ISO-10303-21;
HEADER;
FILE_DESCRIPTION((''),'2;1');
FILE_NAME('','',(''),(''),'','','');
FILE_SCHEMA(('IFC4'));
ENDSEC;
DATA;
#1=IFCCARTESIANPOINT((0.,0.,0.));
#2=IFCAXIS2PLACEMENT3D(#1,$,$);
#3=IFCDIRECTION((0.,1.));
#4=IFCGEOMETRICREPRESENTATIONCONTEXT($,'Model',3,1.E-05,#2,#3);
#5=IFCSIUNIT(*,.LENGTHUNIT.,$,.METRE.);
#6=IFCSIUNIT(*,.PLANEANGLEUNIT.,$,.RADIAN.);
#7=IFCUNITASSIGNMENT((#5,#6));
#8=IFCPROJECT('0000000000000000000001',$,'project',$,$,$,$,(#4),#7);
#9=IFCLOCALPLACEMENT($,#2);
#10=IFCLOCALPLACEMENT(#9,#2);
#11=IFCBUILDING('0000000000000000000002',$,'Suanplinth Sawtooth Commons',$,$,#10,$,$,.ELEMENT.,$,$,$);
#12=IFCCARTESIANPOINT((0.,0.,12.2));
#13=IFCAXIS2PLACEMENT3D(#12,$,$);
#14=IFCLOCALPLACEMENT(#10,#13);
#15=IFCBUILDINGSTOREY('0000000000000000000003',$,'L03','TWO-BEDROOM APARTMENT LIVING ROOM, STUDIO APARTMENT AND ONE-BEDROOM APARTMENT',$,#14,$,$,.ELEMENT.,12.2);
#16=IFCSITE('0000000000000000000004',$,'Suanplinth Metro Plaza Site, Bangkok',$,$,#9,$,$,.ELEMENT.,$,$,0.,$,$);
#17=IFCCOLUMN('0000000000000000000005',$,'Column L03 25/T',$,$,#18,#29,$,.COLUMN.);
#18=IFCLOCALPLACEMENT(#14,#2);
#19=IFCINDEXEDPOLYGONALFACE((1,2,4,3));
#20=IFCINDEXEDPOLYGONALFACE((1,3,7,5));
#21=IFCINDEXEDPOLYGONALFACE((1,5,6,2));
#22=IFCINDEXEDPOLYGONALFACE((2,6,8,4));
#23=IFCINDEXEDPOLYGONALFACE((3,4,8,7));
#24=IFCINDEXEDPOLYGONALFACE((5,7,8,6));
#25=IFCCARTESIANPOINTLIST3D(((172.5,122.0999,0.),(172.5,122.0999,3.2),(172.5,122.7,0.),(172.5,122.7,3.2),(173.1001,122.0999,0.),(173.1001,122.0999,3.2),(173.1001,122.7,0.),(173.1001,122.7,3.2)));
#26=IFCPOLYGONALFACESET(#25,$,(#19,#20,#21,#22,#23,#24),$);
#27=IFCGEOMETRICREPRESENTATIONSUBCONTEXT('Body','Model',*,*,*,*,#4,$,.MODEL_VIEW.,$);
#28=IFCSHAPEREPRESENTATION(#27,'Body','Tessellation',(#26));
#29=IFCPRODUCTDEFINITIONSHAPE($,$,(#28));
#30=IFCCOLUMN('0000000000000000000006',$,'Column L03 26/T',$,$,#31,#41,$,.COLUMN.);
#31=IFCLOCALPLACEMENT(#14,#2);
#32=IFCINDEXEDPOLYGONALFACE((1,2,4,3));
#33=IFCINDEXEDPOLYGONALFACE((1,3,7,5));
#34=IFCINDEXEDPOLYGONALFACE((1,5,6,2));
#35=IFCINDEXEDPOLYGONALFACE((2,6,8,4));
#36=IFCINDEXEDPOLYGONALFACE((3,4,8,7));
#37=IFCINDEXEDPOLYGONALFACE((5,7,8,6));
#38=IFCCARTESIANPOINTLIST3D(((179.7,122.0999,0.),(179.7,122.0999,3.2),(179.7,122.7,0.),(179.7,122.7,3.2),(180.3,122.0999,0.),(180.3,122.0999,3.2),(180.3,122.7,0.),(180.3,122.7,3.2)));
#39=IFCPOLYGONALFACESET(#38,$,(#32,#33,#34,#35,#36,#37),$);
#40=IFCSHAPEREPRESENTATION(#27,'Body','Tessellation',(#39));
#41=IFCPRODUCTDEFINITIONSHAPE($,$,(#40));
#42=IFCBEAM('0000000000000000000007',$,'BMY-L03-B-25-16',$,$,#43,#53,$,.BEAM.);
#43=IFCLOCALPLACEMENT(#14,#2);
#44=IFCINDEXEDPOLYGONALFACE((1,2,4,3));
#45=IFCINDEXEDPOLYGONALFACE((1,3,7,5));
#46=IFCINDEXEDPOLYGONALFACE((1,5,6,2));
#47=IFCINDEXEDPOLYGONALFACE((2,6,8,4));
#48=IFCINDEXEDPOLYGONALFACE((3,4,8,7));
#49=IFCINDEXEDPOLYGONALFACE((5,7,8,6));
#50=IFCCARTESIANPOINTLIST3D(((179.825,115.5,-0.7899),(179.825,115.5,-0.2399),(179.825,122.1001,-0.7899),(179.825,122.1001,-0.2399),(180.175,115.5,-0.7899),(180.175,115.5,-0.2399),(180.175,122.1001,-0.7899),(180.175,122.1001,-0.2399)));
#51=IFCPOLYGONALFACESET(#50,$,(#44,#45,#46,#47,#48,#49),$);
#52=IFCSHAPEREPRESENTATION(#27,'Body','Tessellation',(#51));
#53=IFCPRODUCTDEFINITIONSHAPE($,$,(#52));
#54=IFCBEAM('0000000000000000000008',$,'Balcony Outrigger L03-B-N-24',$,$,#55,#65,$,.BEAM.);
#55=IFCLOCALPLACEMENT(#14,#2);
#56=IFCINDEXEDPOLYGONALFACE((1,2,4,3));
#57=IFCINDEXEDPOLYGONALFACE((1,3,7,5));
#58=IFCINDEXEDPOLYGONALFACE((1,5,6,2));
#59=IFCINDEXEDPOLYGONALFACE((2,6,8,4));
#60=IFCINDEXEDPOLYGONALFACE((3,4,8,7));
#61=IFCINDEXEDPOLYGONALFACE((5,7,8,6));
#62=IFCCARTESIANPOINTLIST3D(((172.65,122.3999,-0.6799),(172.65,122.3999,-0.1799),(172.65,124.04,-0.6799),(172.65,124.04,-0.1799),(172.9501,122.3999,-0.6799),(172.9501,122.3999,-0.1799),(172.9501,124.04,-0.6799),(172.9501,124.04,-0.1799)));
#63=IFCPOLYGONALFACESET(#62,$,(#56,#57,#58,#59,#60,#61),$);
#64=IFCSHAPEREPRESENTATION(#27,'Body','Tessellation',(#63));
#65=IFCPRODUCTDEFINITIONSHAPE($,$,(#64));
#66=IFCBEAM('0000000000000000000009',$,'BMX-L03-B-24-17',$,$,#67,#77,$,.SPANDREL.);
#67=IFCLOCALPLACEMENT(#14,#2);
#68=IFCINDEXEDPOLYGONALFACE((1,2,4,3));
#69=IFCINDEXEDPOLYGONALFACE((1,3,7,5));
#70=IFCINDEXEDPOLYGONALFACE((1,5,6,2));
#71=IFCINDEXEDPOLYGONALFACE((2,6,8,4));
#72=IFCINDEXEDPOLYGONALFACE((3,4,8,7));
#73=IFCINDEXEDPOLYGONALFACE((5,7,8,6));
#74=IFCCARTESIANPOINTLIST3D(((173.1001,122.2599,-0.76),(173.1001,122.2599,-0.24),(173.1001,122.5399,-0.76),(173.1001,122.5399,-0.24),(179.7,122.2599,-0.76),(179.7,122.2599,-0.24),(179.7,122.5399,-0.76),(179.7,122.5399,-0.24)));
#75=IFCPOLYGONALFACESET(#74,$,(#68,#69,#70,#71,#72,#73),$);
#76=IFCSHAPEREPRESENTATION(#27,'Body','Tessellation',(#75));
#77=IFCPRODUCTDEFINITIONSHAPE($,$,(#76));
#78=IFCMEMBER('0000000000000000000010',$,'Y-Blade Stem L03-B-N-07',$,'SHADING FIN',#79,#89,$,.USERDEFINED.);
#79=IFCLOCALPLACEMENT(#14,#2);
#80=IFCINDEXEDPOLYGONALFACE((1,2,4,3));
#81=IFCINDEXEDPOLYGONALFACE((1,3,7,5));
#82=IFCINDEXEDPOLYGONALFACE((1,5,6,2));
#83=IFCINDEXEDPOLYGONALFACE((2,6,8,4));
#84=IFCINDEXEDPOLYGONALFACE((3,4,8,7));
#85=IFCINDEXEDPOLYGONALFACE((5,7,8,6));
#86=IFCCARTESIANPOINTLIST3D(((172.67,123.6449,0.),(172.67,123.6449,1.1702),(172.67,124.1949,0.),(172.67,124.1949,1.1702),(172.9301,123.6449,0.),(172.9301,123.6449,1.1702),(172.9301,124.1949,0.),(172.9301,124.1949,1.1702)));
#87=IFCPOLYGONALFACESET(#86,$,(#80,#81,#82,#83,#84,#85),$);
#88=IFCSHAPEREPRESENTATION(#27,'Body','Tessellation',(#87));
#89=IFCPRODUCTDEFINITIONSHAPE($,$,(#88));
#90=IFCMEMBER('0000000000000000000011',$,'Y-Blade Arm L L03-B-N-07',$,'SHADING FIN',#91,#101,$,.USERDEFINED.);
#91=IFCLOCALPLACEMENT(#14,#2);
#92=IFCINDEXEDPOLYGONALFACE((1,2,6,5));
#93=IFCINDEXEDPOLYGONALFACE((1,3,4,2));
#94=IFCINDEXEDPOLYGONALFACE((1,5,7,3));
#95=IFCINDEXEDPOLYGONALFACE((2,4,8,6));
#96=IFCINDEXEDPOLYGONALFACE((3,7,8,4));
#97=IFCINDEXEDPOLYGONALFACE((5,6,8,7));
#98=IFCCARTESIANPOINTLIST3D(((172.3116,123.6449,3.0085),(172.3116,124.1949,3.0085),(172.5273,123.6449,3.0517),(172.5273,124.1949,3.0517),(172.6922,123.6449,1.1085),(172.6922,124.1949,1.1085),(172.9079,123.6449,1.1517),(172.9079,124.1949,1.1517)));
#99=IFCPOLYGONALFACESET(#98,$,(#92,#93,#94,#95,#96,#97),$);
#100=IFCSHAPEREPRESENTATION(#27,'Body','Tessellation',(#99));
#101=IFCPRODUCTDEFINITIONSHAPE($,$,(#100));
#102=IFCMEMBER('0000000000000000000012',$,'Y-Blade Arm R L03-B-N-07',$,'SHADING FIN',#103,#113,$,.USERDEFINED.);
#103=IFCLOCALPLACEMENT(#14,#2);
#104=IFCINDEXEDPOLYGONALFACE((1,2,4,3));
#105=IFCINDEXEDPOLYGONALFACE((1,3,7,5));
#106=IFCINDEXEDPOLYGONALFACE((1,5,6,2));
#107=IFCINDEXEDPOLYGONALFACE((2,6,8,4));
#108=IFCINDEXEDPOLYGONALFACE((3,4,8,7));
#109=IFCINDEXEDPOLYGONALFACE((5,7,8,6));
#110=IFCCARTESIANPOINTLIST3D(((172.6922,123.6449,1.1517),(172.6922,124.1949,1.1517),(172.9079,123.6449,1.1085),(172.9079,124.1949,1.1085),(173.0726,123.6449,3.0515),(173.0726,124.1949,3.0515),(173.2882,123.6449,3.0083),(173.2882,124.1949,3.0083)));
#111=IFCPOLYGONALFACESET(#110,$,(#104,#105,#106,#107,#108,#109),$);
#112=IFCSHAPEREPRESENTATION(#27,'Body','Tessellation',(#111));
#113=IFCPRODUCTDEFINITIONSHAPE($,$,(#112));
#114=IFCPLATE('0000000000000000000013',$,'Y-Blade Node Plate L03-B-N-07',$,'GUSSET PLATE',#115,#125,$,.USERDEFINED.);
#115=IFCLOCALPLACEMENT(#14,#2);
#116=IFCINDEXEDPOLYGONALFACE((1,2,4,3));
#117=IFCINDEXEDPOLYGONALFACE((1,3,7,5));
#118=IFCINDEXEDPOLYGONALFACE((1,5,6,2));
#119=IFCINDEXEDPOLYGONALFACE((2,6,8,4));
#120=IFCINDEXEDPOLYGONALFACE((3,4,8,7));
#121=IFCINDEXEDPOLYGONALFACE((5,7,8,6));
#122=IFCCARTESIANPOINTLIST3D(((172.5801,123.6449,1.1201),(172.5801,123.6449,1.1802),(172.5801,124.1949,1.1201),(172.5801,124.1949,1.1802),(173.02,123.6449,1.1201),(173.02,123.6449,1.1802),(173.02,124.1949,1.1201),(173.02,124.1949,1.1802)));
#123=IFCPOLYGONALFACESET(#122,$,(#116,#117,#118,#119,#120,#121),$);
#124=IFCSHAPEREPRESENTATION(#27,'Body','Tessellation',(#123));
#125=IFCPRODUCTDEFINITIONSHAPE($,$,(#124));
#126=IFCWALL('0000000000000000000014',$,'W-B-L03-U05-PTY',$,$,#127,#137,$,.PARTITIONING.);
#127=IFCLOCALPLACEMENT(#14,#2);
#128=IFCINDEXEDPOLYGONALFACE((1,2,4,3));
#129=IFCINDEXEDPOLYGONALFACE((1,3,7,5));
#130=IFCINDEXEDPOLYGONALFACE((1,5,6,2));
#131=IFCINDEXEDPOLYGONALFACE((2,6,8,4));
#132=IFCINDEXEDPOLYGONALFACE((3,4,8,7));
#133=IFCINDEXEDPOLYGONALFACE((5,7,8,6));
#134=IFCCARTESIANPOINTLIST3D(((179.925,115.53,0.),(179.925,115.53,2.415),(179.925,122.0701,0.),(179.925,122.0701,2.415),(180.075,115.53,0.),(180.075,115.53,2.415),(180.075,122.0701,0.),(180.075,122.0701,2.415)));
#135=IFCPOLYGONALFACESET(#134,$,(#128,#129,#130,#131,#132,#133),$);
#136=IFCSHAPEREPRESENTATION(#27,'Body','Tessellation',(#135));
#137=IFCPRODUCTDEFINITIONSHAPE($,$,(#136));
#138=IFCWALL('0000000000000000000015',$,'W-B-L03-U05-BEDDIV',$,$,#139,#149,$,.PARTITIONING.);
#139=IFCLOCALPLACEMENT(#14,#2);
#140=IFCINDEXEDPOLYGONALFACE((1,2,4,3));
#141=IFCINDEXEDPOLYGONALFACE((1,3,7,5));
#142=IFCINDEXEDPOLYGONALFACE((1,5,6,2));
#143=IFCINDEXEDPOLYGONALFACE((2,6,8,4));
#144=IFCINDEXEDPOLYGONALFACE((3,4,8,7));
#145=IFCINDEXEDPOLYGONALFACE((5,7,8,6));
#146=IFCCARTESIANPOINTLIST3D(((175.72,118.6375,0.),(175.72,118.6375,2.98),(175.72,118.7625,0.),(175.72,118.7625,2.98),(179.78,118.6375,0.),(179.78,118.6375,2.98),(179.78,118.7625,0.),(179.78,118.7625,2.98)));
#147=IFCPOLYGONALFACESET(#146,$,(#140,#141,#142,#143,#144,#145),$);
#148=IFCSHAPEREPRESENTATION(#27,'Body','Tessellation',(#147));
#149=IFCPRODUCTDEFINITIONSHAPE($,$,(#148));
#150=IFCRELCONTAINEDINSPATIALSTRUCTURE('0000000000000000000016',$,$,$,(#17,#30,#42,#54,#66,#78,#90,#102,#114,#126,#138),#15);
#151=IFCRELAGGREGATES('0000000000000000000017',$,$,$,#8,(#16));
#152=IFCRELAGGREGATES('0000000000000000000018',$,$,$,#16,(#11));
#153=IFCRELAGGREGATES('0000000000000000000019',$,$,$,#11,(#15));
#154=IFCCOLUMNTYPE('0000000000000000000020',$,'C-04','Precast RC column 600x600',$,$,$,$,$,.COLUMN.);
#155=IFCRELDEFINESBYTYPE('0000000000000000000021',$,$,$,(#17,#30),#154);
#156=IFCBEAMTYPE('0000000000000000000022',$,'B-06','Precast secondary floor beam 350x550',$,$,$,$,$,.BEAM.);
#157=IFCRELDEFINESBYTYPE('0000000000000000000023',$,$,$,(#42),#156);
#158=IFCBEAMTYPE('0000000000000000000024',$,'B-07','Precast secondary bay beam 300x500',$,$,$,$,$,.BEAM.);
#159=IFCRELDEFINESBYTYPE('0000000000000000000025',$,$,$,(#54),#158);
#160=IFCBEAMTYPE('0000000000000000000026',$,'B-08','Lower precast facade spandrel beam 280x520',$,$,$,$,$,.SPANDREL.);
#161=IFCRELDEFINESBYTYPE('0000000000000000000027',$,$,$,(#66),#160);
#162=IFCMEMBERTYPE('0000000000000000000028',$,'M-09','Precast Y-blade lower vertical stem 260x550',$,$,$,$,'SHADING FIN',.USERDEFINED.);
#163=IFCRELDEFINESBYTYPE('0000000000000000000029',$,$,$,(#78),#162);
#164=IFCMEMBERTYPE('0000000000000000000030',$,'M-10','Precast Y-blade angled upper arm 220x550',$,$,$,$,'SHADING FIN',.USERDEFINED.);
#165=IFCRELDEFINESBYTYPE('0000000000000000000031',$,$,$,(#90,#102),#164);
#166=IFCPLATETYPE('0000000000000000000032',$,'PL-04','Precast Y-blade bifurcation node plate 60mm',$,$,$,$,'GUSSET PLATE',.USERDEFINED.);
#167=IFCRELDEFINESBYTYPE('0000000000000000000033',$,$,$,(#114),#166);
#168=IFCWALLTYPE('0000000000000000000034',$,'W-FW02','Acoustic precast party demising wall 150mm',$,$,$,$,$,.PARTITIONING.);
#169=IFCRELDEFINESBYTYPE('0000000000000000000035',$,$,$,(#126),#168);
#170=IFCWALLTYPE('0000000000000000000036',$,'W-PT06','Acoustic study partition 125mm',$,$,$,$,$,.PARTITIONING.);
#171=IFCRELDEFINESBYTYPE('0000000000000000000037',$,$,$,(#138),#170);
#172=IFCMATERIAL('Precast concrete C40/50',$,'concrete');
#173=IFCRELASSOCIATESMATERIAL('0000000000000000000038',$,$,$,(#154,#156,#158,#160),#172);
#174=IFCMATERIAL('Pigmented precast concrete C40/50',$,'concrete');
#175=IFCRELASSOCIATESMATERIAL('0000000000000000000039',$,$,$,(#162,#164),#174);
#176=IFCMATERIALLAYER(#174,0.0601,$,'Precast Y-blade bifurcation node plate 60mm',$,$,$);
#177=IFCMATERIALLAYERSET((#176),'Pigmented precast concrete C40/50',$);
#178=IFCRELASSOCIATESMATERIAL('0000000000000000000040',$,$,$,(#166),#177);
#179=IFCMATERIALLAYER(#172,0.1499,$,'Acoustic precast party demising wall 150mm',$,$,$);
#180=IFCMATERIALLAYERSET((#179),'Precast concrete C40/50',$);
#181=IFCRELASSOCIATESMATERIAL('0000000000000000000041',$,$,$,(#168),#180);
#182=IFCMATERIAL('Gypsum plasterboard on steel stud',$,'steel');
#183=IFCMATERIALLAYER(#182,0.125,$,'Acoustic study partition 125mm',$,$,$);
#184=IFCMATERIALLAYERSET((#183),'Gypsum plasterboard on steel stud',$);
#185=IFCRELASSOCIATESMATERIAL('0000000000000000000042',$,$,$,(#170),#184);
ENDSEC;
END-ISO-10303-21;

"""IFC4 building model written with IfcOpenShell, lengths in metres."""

from ifc_helpers import new_model, si_unit, direction, frame, frame_2d, origin, origin_2d, place, context, subcontext, project, spatial, rectangle, extrude, material, layer, layer_set, material_profile, profile_set, type_object, element, save


model = new_model("IFC4")

# Units and contexts
model_context = context("Model", 3, precision=1e-05, world=origin(), true_north=direction((0.0, 1.0)))
body_context = subcontext(model_context, "Body", "Model", "MODEL_VIEW")
ifc_project = project(units=[si_unit("LENGTHUNIT", "METRE"), si_unit("PLANEANGLEUNIT", "RADIAN")], contexts=[model_context])

# Site, building, storey
site_placement = place(None, origin())
site = spatial("IfcSite", under=ifc_project, at=site_placement, Name="Suanplinth Metro Plaza Site, Bangkok", CompositionType="ELEMENT", RefElevation=0.0)
building_placement = place(site_placement, origin())
building = spatial("IfcBuilding", under=site, at=building_placement, Name="Suanplinth Sawtooth Commons", CompositionType="ELEMENT")
storey_placement = place(building_placement, frame((0.0, 0.0, 12.2)))
storey = spatial("IfcBuildingStorey", under=building, at=storey_placement, Name="L03", Description="TWO-BEDROOM APARTMENT LIVING ROOM, STUDIO APARTMENT AND ONE-BEDROOM APARTMENT", CompositionType="ELEMENT", Elevation=12.2)

# Columns
ifc_material_1 = material(Name="Precast concrete C40/50", Category="concrete")
ifc_material_profile_1 = material_profile(ifc_material_1, rectangle(XDim=0.6001, YDim=0.6001, at=origin_2d()), Name="PC-COL 600x600")
ifc_profile_set_1 = profile_set([ifc_material_profile_1], Name="Precast concrete C40/50")
column_type = type_object("IfcColumnType", Name="C-04", Description="Precast RC column 600x600", PredefinedType="COLUMN", material=ifc_profile_set_1)
for number, where, z_axis, x_axis, name in (
    (1, (172.8, 122.3999, 0.0), (0.0, 0.0, 1.0), (1.0, 0.0, 0.0), "Column L03 25/T"),
    (2, (180.0, 122.3999, 0.0), (0.0, 0.0, 1.0), (1.0, 0.0, 0.0), "Column L03 26/T"),
):
    element("IfcColumn", number, at=place(storey_placement, frame(where, z_axis=z_axis, x_axis=x_axis)), inside=storey, type_object=column_type, Name=name, PredefinedType="COLUMN", context=body_context, shape_type="SweptSolid", body=[
        extrude(rectangle(XDim=0.6001, YDim=0.6001, at=origin_2d()), origin(), (0.0, 0.0, 1.0), 3.2),
    ])

# Beams
ifc_material_profile_2 = material_profile(ifc_material_1, rectangle(XDim=0.3501, YDim=0.55, at=origin_2d()), Name="PC-BM 350x550")
ifc_profile_set_2 = profile_set([ifc_material_profile_2], Name="Precast concrete C40/50")
beam_type_1 = type_object("IfcBeamType", Name="B-06", Description="Precast secondary floor beam 350x550", PredefinedType="BEAM", material=ifc_profile_set_2)
beam_1_placement = place(storey_placement, frame((180.0, 115.5, -0.5149), z_axis=(0.0, 1.0, 0.0), x_axis=(-1.0, 0.0, 0.0)))
element("IfcBeam", 3, at=beam_1_placement, inside=storey, type_object=beam_type_1, Name="BMY-L03-B-25-16", PredefinedType="BEAM", context=body_context, shape_type="SweptSolid", body=[
    extrude(rectangle(XDim=0.3501, YDim=0.55, at=origin_2d()), origin(), (0.0, 0.0, 1.0), 6.6001),
])
ifc_material_profile_3 = material_profile(ifc_material_1, rectangle(XDim=0.3, YDim=0.5, at=origin_2d()), Name="PC-BM 300x500")
ifc_profile_set_3 = profile_set([ifc_material_profile_3], Name="Precast concrete C40/50")
beam_type_2 = type_object("IfcBeamType", Name="B-07", Description="Precast secondary bay beam 300x500", PredefinedType="BEAM", material=ifc_profile_set_3)
beam_2_placement = place(storey_placement, frame((172.8, 122.3999, -0.4299), z_axis=(0.0, 1.0, 0.0), x_axis=(-1.0, 0.0, 0.0)))
element("IfcBeam", 4, at=beam_2_placement, inside=storey, type_object=beam_type_2, Name="Balcony Outrigger L03-B-N-24", PredefinedType="BEAM", context=body_context, shape_type="SweptSolid", body=[
    extrude(rectangle(XDim=0.3, YDim=0.5, at=origin_2d()), origin(), (0.0, 0.0, 1.0), 1.6401),
])
ifc_material_profile_4 = material_profile(ifc_material_1, rectangle(XDim=0.28, YDim=0.52, at=origin_2d()), Name="PC-SP 280x520")
ifc_profile_set_4 = profile_set([ifc_material_profile_4], Name="Precast concrete C40/50")
beam_type_3 = type_object("IfcBeamType", Name="B-08", Description="Lower precast facade spandrel beam 280x520", PredefinedType="SPANDREL", material=ifc_profile_set_4)
beam_3_placement = place(storey_placement, frame((173.1001, 122.3999, -0.5), z_axis=(1.0, 0.0, 0.0), x_axis=(0.0, 1.0, 0.0)))
element("IfcBeam", 5, at=beam_3_placement, inside=storey, type_object=beam_type_3, Name="BMX-L03-B-24-17", PredefinedType="SPANDREL", context=body_context, shape_type="SweptSolid", body=[
    extrude(rectangle(XDim=0.28, YDim=0.52, at=origin_2d()), origin(), (0.0, 0.0, 1.0), 6.5999),
])

# Members
ifc_material_2 = material(Name="Pigmented precast concrete C40/50", Category="concrete")
ifc_material_profile_5 = material_profile(ifc_material_2, rectangle(XDim=0.26, YDim=0.55, at=origin_2d()), Name="PC-FIN 260x550")
ifc_profile_set_5 = profile_set([ifc_material_profile_5], Name="Pigmented precast concrete C40/50")
member_type_1 = type_object("IfcMemberType", Name="M-09", Description="Precast Y-blade lower vertical stem 260x550", ElementType="SHADING FIN", PredefinedType="USERDEFINED", material=ifc_profile_set_5)
member_1_placement = place(storey_placement, frame((172.8, 123.9199, 0.0), z_axis=(0.0, 0.0, 1.0), x_axis=(1.0, 0.0, 0.0)))
element("IfcMember", 6, at=member_1_placement, inside=storey, type_object=member_type_1, Name="Y-Blade Stem L03-B-N-07", ObjectType="SHADING FIN", PredefinedType="USERDEFINED", context=body_context, shape_type="SweptSolid", body=[
    extrude(rectangle(XDim=0.26, YDim=0.55, at=origin_2d()), origin(), (0.0, 0.0, 1.0), 1.1702),
])
ifc_material_profile_6 = material_profile(ifc_material_2, rectangle(XDim=0.22, YDim=0.55, at=origin_2d()), Name="PC-FIN 220x550")
ifc_profile_set_6 = profile_set([ifc_material_profile_6], Name="Pigmented precast concrete C40/50")
member_type_2 = type_object("IfcMemberType", Name="M-10", Description="Precast Y-blade angled upper arm 220x550", ElementType="SHADING FIN", PredefinedType="USERDEFINED", material=ifc_profile_set_6)
member_2_placement = place(storey_placement, frame((172.8, 123.9199, 1.1301), z_axis=(-0.196431, 0.0, 0.980518), x_axis=(0.980518, 0.0, 0.196431)))
element("IfcMember", 7, at=member_2_placement, inside=storey, type_object=member_type_2, Name="Y-Blade Arm L L03-B-N-07", ObjectType="SHADING FIN", PredefinedType="USERDEFINED", context=body_context, shape_type="SweptSolid", body=[
    extrude(rectangle(XDim=0.22, YDim=0.55, at=origin_2d()), origin(), (0.0, 0.0, 1.0), 1.9377),
])
member_3_placement = place(storey_placement, frame((172.8, 123.9199, 1.1301), z_axis=(0.19631, 0.0, 0.980542), x_axis=(-0.980542, 0.0, 0.19631)))
element("IfcMember", 8, at=member_3_placement, inside=storey, type_object=member_type_2, Name="Y-Blade Arm R L03-B-N-07", ObjectType="SHADING FIN", PredefinedType="USERDEFINED", context=body_context, shape_type="SweptSolid", body=[
    extrude(rectangle(XDim=0.22, YDim=0.55, at=origin_2d()), origin(), (0.0, 0.0, 1.0), 1.9375),
])

# Plate
ifc_layer_1 = layer(ifc_material_2, 0.0601, Name="Precast Y-blade bifurcation node plate 60mm")
ifc_layer_set_1 = layer_set([ifc_layer_1], Name="Pigmented precast concrete C40/50")
plate_type = type_object("IfcPlateType", Name="PL-04", Description="Precast Y-blade bifurcation node plate 60mm", ElementType="GUSSET PLATE", PredefinedType="USERDEFINED", material=ifc_layer_set_1)
plate_placement = place(storey_placement, frame((172.8, 123.9199, 1.1201), z_axis=(0.0, 0.0, 1.0), x_axis=(1.0, 0.0, 0.0)))
element("IfcPlate", 9, at=plate_placement, inside=storey, type_object=plate_type, Name="Y-Blade Node Plate L03-B-N-07", ObjectType="GUSSET PLATE", PredefinedType="USERDEFINED", context=body_context, shape_type="SweptSolid", body=[
    extrude(rectangle(XDim=0.4399, YDim=0.55, at=origin_2d()), origin(), (0.0, 0.0, 1.0), 0.0601),
])

# Wall
ifc_layer_2 = layer(ifc_material_1, 0.1499, Name="Acoustic precast party demising wall 150mm")
ifc_layer_set_2 = layer_set([ifc_layer_2], Name="Precast concrete C40/50")
wall_type_1 = type_object("IfcWallType", Name="W-FW02", Description="Acoustic precast party demising wall 150mm", PredefinedType="PARTITIONING", material=ifc_layer_set_2)
wall_1_placement = place(storey_placement, frame((180.0, 115.53, 0.0), z_axis=(0.0, 0.0, 1.0), x_axis=(0.0, 1.0, 0.0)))
element("IfcWall", 10, at=wall_1_placement, inside=storey, type_object=wall_type_1, Name="W-B-L03-U05-PTY", PredefinedType="PARTITIONING", context=body_context, shape_type="SweptSolid", body=[
    extrude(rectangle(XDim=6.54, YDim=0.1499, at=frame_2d((3.27, 0.0))), origin(), (0.0, 0.0, 1.0), 2.415),
])

# Shared definitions
ifc_material_3 = material(Name="Gypsum plasterboard on steel stud", Category="steel")

# Wall
ifc_layer_3 = layer(ifc_material_3, 0.125, Name="Acoustic study partition 125mm")
ifc_layer_set_3 = layer_set([ifc_layer_3], Name="Gypsum plasterboard on steel stud")
wall_type_2 = type_object("IfcWallType", Name="W-PT06", Description="Acoustic study partition 125mm", PredefinedType="PARTITIONING", material=ifc_layer_set_3)
wall_2_placement = place(storey_placement, frame((175.72, 118.7, 0.0), z_axis=(0.0, 0.0, 1.0), x_axis=(1.0, 0.0, 0.0)))
element("IfcWall", 11, at=wall_2_placement, inside=storey, type_object=wall_type_2, Name="W-B-L03-U05-BEDDIV", PredefinedType="PARTITIONING", context=body_context, shape_type="SweptSolid", body=[
    extrude(rectangle(XDim=4.0601, YDim=0.125, at=frame_2d((2.03, 0.0))), origin(), (0.0, 0.0, 1.0), 2.98),
])

save(model, "model.ifc")
